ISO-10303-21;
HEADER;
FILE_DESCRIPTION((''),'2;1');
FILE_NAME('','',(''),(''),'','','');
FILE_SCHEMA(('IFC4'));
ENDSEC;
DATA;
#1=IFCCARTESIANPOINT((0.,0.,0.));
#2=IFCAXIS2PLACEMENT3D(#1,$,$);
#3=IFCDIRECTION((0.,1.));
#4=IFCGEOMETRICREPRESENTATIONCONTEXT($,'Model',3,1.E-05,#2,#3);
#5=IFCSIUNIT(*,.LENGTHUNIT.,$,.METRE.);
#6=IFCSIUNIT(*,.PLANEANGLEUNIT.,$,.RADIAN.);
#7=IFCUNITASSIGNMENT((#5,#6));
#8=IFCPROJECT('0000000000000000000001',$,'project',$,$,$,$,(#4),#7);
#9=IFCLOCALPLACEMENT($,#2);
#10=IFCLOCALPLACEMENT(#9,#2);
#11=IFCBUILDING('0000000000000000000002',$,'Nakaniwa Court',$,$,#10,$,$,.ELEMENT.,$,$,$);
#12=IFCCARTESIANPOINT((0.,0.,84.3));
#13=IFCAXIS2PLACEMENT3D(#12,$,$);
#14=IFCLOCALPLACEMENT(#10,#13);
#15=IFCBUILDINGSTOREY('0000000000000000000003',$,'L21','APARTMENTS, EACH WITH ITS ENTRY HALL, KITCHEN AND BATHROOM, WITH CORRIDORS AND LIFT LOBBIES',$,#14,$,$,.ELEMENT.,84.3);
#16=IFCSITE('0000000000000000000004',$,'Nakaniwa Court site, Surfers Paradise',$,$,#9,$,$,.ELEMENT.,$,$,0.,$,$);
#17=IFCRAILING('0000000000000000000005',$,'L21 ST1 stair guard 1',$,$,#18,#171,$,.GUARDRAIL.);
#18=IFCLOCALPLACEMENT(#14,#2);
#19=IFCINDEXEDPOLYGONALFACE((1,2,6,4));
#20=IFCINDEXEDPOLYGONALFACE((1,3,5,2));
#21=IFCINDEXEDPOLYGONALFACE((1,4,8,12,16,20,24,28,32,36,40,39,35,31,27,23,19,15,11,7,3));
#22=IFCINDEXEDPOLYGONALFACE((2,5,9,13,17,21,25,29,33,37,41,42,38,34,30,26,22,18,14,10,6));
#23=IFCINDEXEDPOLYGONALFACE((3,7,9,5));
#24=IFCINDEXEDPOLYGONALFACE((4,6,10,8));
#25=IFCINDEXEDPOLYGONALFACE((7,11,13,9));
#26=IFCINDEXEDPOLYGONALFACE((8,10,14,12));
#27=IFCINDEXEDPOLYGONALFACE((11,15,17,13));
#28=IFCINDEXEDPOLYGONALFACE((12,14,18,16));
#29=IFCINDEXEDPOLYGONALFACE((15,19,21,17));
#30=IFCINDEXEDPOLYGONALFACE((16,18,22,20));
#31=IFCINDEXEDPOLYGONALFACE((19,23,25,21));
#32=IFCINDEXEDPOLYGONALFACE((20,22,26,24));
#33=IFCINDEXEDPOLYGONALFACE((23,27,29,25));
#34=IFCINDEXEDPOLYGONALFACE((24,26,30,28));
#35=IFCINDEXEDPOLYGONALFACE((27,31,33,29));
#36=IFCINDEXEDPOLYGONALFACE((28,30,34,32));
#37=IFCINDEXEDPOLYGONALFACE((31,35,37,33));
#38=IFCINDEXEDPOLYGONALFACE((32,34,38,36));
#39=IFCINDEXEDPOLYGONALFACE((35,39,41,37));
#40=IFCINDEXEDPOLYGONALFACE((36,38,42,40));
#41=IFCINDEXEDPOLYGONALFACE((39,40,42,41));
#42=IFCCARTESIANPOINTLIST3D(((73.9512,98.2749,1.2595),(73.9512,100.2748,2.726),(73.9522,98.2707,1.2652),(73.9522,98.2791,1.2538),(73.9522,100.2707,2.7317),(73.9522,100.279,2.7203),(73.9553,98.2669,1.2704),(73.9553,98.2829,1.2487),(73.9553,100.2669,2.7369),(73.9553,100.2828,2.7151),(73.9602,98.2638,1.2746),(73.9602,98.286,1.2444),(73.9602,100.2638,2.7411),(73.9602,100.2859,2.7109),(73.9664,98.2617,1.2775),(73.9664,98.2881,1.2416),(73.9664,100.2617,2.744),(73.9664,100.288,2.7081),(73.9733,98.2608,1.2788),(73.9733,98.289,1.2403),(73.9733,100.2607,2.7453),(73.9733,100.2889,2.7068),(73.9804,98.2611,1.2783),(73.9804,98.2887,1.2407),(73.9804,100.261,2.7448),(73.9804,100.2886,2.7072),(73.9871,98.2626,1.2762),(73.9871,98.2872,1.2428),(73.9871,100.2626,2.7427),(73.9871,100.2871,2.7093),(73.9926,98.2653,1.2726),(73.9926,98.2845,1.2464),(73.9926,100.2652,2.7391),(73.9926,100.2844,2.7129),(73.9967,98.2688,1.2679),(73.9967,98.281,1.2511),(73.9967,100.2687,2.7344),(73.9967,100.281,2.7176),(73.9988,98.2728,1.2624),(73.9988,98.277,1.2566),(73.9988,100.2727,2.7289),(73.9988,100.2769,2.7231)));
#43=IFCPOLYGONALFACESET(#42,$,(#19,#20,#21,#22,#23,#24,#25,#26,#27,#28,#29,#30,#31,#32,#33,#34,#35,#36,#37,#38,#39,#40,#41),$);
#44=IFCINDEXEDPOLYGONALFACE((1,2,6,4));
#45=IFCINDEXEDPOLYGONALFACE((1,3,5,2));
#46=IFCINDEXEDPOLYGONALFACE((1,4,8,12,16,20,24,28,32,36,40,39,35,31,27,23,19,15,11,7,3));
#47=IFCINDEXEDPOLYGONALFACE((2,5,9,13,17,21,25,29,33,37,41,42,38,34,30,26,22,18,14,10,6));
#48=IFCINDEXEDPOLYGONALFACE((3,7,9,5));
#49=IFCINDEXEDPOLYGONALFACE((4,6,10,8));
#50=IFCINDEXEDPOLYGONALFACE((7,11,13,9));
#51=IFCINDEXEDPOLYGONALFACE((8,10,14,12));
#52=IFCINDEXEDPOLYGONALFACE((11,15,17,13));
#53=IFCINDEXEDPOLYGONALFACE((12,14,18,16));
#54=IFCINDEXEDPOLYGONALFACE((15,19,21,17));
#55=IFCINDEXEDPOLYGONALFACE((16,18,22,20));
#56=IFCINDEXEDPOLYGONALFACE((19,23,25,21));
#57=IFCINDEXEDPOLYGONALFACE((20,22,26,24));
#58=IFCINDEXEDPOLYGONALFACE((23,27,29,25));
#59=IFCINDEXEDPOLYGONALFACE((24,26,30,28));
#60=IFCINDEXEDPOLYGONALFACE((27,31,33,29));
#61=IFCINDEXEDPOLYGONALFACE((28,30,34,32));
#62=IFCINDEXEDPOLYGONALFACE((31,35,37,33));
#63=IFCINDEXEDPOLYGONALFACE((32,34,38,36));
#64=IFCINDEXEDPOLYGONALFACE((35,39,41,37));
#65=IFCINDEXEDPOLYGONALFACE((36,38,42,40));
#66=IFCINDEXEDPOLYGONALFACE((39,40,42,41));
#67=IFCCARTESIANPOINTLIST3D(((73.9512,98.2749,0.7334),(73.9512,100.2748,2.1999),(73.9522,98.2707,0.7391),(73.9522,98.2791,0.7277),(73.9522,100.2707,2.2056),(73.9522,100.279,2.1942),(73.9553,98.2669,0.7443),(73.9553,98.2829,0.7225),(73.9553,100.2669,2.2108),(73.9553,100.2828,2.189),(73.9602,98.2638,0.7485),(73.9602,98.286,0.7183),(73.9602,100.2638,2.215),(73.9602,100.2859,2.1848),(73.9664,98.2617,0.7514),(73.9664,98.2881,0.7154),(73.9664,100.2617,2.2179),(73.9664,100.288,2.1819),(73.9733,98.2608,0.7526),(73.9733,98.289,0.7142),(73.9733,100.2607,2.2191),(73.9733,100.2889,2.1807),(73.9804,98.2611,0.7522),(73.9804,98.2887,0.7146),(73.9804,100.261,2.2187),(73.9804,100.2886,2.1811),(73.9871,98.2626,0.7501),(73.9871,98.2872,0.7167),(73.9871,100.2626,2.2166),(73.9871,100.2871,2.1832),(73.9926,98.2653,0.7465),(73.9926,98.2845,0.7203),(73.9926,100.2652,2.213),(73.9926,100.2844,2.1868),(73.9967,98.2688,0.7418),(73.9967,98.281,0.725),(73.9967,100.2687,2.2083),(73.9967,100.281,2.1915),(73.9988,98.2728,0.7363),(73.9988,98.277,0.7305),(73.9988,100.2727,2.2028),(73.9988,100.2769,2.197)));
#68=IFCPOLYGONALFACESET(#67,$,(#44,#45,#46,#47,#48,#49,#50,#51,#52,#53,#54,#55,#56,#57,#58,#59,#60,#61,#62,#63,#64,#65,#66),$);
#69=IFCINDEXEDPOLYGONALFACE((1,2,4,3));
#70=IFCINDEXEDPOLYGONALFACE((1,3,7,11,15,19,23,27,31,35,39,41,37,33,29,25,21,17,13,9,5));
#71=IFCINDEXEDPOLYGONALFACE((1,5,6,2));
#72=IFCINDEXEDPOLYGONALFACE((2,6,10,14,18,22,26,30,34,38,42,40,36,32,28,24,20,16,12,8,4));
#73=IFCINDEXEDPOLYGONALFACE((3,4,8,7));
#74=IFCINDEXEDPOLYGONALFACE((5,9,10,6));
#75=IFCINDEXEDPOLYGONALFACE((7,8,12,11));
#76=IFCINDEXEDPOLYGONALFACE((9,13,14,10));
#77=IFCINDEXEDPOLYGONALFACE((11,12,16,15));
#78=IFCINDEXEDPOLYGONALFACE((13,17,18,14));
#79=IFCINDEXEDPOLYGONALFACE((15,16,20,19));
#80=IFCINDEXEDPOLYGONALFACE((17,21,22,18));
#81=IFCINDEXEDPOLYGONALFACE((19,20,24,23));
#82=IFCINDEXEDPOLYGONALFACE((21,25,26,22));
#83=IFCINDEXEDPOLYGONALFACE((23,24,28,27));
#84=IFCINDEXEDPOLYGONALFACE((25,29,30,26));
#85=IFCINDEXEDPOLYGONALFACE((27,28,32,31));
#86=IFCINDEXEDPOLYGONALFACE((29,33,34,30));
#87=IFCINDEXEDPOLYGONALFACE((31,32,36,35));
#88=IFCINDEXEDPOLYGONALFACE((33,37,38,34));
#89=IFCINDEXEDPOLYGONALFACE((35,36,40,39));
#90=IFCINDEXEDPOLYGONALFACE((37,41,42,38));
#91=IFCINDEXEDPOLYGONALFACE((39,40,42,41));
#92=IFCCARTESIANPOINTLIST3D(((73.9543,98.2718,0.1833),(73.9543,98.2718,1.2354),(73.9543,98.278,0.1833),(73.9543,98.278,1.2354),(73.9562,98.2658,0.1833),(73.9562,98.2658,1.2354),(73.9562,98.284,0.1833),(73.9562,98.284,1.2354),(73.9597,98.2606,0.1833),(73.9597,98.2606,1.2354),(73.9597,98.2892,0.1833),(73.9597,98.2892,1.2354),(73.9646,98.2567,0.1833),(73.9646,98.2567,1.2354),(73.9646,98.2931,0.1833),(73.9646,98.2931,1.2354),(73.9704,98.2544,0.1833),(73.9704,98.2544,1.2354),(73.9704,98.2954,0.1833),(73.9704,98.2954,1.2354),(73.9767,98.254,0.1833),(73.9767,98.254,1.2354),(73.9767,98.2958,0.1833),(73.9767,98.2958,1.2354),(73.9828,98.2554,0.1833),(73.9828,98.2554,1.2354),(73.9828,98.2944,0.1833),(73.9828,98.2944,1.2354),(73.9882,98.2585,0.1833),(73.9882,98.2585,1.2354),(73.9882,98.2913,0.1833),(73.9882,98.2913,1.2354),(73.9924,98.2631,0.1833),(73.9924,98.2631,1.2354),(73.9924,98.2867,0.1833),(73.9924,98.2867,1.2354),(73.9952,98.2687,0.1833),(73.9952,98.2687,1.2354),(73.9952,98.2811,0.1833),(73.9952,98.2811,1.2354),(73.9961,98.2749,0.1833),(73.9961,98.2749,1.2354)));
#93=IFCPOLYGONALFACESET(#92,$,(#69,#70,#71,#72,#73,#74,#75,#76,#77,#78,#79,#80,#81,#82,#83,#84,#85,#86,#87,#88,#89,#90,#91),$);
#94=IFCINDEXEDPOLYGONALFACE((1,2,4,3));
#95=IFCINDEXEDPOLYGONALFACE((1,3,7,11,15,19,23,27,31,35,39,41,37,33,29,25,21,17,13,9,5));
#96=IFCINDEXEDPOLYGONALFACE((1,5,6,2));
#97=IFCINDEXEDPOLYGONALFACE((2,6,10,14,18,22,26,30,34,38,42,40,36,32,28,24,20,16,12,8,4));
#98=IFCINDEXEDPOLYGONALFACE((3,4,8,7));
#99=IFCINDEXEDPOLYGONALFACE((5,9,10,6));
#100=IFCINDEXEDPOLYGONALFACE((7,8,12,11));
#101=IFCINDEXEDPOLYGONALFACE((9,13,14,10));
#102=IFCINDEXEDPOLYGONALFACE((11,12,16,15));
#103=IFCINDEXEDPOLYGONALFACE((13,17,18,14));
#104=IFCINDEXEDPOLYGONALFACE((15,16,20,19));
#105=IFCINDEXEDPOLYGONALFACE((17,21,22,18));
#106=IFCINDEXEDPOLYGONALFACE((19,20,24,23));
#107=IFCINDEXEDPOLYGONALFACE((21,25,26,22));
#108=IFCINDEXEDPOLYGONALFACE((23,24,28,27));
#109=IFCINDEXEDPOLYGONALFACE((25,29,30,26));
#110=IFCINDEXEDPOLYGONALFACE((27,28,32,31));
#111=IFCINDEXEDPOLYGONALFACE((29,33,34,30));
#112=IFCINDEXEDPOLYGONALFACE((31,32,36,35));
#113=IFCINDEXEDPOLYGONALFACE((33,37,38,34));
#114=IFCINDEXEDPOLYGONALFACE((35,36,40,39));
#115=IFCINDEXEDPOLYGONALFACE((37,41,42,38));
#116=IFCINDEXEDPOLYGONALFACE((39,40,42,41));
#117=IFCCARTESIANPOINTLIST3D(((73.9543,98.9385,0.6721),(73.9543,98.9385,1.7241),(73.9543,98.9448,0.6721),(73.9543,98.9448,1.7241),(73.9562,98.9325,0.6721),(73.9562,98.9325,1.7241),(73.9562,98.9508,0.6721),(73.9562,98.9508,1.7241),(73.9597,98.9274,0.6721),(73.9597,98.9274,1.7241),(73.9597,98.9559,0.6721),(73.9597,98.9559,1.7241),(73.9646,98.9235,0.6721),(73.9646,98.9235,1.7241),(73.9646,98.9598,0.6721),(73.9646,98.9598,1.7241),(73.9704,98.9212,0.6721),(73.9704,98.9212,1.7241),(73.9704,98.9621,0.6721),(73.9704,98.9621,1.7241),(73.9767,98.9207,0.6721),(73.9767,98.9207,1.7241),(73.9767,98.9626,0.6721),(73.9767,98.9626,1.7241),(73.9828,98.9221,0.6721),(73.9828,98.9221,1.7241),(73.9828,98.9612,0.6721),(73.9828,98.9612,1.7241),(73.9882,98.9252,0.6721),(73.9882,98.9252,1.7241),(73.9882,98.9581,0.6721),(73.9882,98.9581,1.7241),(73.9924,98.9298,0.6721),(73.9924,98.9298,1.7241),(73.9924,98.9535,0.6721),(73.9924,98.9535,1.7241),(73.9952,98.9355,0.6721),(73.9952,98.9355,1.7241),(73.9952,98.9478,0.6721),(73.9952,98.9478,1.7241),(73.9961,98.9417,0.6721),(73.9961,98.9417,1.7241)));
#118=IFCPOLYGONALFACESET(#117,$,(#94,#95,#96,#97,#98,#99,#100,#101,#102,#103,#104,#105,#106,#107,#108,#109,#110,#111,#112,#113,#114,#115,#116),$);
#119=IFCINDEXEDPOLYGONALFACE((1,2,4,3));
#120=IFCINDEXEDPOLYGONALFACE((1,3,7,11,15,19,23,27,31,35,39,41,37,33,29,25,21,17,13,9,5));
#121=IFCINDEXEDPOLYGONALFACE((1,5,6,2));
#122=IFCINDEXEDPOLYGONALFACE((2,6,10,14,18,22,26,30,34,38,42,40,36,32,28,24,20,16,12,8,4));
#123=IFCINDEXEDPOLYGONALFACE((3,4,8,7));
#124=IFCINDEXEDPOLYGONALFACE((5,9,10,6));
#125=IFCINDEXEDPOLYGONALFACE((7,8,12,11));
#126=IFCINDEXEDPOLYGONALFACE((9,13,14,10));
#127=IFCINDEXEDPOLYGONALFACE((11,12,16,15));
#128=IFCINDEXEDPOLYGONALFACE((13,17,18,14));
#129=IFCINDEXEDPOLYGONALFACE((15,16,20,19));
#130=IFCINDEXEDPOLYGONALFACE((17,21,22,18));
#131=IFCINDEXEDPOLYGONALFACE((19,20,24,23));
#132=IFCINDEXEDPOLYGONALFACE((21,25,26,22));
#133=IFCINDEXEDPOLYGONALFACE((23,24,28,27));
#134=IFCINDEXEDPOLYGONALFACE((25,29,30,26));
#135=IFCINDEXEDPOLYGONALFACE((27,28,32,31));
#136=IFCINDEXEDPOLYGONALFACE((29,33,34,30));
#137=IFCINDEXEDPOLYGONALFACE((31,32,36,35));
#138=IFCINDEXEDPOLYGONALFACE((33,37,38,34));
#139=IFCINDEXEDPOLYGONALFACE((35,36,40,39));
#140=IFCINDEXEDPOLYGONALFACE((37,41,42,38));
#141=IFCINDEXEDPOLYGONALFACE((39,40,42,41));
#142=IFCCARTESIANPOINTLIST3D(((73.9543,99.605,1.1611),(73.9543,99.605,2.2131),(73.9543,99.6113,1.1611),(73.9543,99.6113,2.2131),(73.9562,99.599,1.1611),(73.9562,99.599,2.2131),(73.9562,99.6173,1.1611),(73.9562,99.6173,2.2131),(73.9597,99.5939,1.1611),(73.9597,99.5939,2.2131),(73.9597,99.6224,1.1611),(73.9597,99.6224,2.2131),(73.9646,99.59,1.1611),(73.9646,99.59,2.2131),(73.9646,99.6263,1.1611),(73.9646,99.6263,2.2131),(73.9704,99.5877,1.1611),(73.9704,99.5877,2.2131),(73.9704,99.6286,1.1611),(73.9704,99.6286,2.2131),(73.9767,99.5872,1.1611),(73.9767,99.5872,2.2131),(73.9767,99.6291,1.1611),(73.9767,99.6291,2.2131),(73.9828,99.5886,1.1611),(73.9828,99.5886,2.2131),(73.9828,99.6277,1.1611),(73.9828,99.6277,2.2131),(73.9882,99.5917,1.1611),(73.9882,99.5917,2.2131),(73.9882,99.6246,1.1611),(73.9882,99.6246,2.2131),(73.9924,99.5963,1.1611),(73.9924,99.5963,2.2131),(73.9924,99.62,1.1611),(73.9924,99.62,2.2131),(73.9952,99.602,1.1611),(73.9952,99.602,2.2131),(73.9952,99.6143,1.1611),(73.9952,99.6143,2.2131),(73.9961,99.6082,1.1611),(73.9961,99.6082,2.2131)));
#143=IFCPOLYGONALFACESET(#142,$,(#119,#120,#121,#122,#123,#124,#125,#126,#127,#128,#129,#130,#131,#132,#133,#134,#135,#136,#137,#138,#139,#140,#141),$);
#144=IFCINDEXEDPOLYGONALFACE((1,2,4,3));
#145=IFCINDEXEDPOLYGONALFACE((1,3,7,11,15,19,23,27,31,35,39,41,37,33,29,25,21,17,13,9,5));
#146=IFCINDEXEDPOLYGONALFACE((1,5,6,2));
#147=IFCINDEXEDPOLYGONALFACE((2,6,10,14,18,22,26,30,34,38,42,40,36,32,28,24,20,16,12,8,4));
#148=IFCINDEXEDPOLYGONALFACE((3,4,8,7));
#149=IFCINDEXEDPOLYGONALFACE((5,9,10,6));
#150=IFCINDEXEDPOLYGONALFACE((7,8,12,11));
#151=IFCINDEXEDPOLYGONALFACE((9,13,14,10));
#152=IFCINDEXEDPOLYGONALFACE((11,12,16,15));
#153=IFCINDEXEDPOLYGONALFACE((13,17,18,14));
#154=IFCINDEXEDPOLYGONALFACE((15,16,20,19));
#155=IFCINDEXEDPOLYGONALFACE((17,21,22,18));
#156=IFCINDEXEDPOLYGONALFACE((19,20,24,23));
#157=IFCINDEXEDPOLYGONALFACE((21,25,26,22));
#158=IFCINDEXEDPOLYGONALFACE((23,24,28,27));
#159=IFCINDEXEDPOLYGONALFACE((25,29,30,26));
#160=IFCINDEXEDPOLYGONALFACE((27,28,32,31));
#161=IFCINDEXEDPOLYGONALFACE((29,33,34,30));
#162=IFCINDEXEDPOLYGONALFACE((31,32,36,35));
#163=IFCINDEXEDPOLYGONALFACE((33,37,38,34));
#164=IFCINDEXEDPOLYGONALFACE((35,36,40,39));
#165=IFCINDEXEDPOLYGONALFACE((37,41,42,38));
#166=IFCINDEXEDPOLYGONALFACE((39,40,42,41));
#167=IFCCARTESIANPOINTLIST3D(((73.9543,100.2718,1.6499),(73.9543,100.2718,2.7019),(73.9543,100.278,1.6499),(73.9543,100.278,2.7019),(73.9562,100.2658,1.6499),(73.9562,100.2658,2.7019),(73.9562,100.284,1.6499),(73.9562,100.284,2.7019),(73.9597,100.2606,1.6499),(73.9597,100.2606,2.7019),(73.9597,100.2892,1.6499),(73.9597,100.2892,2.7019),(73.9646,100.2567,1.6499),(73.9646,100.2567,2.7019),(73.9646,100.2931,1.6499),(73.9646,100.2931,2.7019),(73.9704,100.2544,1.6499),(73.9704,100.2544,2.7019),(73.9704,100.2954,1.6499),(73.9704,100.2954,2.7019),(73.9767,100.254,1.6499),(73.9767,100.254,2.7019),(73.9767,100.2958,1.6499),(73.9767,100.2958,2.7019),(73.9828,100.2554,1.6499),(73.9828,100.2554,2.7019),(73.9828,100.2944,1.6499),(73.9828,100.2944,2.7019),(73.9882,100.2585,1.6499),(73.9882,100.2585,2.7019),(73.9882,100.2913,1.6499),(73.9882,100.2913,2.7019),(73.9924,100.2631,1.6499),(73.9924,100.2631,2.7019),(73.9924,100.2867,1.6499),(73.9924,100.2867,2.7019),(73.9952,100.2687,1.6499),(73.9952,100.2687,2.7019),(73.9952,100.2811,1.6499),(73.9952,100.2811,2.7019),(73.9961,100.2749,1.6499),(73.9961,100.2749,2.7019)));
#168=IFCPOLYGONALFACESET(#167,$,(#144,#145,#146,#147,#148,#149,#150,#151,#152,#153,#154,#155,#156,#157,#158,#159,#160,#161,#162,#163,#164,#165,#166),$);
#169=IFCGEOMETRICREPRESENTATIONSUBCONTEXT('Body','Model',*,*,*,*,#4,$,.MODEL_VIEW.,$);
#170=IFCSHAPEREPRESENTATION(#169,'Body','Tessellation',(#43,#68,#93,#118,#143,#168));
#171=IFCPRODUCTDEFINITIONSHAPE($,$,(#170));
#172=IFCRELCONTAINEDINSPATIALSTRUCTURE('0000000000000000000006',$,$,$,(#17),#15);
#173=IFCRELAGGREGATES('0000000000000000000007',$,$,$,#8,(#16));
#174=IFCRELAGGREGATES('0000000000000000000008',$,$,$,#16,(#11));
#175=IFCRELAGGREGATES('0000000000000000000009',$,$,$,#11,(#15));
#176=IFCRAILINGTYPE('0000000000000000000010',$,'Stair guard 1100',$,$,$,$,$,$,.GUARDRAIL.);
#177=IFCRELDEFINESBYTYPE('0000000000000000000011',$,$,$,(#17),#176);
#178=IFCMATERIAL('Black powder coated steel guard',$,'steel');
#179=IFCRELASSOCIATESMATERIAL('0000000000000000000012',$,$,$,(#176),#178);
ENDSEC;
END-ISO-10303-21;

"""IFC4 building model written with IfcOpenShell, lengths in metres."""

from ifc_helpers import new_model, si_unit, direction, frame, origin, origin_2d, place, context, subcontext, project, spatial, circle, extrude, material, type_object, element, save


model = new_model("IFC4")

# Units and contexts
model_context = context("Model", 3, precision=1e-05, world=origin(), true_north=direction((0.0, 1.0)))
body_context = subcontext(model_context, "Body", "Model", "MODEL_VIEW")
ifc_project = project(units=[si_unit("LENGTHUNIT", "METRE"), si_unit("PLANEANGLEUNIT", "RADIAN")], contexts=[model_context])

# Site, building, storey
site_placement = place(None, origin())
site = spatial("IfcSite", under=ifc_project, at=site_placement, Name="Nakaniwa Court site, Surfers Paradise", CompositionType="ELEMENT", RefElevation=0.0)
building_placement = place(site_placement, origin())
building = spatial("IfcBuilding", under=site, at=building_placement, Name="Nakaniwa Court", CompositionType="ELEMENT")
storey_placement = place(building_placement, frame((0.0, 0.0, 84.3)))
storey = spatial("IfcBuildingStorey", under=building, at=storey_placement, Name="L21", Description="APARTMENTS, EACH WITH ITS ENTRY HALL, KITCHEN AND BATHROOM, WITH CORRIDORS AND LIFT LOBBIES", CompositionType="ELEMENT", Elevation=84.3)

# Railing
ifc_material_1 = material(Name="Black powder coated steel guard", Category="steel")
railing_type_1 = type_object("IfcRailingType", Name="Stair guard 1100", PredefinedType="GUARDRAIL", material=ifc_material_1)
railing_1_placement = place(storey_placement, frame((73.9751, 98.2749, 0.1833)))
element("IfcRailing", 1, at=railing_1_placement, inside=storey, type_object=railing_type_1, Name="L21 ST1 stair guard 1", PredefinedType="GUARDRAIL", context=body_context, shape_type="SweptSolid", body=[
    extrude(circle(Radius=0.0239, at=origin_2d()), frame((0.0, 0.0, 1.0762), z_axis=(0.0, 0.806427, 0.591334), x_axis=(-1.0, 0.0, 0.0)), (0.0, 0.0, 1.0), 2.48),
    extrude(circle(Radius=0.0239, at=origin_2d()), frame((0.0, 0.0, 0.55), z_axis=(0.0, 0.806427, 0.591334), x_axis=(-1.0, 0.0, 0.0)), (0.0, 0.0, 1.0), 2.48),
    extrude(circle(Radius=0.021, at=origin_2d()), origin(), (0.0, 0.0, 1.0), 1.052),
    extrude(circle(Radius=0.021, at=origin_2d()), frame((0.0, 0.6667, 0.4888)), (0.0, 0.0, 1.0), 1.052),
    extrude(circle(Radius=0.021, at=origin_2d()), frame((0.0, 1.3333, 0.9778)), (0.0, 0.0, 1.0), 1.052),
    extrude(circle(Radius=0.021, at=origin_2d()), frame((0.0, 2.0, 1.4666)), (0.0, 0.0, 1.0), 1.052),
])

save(model, "model.ifc")
